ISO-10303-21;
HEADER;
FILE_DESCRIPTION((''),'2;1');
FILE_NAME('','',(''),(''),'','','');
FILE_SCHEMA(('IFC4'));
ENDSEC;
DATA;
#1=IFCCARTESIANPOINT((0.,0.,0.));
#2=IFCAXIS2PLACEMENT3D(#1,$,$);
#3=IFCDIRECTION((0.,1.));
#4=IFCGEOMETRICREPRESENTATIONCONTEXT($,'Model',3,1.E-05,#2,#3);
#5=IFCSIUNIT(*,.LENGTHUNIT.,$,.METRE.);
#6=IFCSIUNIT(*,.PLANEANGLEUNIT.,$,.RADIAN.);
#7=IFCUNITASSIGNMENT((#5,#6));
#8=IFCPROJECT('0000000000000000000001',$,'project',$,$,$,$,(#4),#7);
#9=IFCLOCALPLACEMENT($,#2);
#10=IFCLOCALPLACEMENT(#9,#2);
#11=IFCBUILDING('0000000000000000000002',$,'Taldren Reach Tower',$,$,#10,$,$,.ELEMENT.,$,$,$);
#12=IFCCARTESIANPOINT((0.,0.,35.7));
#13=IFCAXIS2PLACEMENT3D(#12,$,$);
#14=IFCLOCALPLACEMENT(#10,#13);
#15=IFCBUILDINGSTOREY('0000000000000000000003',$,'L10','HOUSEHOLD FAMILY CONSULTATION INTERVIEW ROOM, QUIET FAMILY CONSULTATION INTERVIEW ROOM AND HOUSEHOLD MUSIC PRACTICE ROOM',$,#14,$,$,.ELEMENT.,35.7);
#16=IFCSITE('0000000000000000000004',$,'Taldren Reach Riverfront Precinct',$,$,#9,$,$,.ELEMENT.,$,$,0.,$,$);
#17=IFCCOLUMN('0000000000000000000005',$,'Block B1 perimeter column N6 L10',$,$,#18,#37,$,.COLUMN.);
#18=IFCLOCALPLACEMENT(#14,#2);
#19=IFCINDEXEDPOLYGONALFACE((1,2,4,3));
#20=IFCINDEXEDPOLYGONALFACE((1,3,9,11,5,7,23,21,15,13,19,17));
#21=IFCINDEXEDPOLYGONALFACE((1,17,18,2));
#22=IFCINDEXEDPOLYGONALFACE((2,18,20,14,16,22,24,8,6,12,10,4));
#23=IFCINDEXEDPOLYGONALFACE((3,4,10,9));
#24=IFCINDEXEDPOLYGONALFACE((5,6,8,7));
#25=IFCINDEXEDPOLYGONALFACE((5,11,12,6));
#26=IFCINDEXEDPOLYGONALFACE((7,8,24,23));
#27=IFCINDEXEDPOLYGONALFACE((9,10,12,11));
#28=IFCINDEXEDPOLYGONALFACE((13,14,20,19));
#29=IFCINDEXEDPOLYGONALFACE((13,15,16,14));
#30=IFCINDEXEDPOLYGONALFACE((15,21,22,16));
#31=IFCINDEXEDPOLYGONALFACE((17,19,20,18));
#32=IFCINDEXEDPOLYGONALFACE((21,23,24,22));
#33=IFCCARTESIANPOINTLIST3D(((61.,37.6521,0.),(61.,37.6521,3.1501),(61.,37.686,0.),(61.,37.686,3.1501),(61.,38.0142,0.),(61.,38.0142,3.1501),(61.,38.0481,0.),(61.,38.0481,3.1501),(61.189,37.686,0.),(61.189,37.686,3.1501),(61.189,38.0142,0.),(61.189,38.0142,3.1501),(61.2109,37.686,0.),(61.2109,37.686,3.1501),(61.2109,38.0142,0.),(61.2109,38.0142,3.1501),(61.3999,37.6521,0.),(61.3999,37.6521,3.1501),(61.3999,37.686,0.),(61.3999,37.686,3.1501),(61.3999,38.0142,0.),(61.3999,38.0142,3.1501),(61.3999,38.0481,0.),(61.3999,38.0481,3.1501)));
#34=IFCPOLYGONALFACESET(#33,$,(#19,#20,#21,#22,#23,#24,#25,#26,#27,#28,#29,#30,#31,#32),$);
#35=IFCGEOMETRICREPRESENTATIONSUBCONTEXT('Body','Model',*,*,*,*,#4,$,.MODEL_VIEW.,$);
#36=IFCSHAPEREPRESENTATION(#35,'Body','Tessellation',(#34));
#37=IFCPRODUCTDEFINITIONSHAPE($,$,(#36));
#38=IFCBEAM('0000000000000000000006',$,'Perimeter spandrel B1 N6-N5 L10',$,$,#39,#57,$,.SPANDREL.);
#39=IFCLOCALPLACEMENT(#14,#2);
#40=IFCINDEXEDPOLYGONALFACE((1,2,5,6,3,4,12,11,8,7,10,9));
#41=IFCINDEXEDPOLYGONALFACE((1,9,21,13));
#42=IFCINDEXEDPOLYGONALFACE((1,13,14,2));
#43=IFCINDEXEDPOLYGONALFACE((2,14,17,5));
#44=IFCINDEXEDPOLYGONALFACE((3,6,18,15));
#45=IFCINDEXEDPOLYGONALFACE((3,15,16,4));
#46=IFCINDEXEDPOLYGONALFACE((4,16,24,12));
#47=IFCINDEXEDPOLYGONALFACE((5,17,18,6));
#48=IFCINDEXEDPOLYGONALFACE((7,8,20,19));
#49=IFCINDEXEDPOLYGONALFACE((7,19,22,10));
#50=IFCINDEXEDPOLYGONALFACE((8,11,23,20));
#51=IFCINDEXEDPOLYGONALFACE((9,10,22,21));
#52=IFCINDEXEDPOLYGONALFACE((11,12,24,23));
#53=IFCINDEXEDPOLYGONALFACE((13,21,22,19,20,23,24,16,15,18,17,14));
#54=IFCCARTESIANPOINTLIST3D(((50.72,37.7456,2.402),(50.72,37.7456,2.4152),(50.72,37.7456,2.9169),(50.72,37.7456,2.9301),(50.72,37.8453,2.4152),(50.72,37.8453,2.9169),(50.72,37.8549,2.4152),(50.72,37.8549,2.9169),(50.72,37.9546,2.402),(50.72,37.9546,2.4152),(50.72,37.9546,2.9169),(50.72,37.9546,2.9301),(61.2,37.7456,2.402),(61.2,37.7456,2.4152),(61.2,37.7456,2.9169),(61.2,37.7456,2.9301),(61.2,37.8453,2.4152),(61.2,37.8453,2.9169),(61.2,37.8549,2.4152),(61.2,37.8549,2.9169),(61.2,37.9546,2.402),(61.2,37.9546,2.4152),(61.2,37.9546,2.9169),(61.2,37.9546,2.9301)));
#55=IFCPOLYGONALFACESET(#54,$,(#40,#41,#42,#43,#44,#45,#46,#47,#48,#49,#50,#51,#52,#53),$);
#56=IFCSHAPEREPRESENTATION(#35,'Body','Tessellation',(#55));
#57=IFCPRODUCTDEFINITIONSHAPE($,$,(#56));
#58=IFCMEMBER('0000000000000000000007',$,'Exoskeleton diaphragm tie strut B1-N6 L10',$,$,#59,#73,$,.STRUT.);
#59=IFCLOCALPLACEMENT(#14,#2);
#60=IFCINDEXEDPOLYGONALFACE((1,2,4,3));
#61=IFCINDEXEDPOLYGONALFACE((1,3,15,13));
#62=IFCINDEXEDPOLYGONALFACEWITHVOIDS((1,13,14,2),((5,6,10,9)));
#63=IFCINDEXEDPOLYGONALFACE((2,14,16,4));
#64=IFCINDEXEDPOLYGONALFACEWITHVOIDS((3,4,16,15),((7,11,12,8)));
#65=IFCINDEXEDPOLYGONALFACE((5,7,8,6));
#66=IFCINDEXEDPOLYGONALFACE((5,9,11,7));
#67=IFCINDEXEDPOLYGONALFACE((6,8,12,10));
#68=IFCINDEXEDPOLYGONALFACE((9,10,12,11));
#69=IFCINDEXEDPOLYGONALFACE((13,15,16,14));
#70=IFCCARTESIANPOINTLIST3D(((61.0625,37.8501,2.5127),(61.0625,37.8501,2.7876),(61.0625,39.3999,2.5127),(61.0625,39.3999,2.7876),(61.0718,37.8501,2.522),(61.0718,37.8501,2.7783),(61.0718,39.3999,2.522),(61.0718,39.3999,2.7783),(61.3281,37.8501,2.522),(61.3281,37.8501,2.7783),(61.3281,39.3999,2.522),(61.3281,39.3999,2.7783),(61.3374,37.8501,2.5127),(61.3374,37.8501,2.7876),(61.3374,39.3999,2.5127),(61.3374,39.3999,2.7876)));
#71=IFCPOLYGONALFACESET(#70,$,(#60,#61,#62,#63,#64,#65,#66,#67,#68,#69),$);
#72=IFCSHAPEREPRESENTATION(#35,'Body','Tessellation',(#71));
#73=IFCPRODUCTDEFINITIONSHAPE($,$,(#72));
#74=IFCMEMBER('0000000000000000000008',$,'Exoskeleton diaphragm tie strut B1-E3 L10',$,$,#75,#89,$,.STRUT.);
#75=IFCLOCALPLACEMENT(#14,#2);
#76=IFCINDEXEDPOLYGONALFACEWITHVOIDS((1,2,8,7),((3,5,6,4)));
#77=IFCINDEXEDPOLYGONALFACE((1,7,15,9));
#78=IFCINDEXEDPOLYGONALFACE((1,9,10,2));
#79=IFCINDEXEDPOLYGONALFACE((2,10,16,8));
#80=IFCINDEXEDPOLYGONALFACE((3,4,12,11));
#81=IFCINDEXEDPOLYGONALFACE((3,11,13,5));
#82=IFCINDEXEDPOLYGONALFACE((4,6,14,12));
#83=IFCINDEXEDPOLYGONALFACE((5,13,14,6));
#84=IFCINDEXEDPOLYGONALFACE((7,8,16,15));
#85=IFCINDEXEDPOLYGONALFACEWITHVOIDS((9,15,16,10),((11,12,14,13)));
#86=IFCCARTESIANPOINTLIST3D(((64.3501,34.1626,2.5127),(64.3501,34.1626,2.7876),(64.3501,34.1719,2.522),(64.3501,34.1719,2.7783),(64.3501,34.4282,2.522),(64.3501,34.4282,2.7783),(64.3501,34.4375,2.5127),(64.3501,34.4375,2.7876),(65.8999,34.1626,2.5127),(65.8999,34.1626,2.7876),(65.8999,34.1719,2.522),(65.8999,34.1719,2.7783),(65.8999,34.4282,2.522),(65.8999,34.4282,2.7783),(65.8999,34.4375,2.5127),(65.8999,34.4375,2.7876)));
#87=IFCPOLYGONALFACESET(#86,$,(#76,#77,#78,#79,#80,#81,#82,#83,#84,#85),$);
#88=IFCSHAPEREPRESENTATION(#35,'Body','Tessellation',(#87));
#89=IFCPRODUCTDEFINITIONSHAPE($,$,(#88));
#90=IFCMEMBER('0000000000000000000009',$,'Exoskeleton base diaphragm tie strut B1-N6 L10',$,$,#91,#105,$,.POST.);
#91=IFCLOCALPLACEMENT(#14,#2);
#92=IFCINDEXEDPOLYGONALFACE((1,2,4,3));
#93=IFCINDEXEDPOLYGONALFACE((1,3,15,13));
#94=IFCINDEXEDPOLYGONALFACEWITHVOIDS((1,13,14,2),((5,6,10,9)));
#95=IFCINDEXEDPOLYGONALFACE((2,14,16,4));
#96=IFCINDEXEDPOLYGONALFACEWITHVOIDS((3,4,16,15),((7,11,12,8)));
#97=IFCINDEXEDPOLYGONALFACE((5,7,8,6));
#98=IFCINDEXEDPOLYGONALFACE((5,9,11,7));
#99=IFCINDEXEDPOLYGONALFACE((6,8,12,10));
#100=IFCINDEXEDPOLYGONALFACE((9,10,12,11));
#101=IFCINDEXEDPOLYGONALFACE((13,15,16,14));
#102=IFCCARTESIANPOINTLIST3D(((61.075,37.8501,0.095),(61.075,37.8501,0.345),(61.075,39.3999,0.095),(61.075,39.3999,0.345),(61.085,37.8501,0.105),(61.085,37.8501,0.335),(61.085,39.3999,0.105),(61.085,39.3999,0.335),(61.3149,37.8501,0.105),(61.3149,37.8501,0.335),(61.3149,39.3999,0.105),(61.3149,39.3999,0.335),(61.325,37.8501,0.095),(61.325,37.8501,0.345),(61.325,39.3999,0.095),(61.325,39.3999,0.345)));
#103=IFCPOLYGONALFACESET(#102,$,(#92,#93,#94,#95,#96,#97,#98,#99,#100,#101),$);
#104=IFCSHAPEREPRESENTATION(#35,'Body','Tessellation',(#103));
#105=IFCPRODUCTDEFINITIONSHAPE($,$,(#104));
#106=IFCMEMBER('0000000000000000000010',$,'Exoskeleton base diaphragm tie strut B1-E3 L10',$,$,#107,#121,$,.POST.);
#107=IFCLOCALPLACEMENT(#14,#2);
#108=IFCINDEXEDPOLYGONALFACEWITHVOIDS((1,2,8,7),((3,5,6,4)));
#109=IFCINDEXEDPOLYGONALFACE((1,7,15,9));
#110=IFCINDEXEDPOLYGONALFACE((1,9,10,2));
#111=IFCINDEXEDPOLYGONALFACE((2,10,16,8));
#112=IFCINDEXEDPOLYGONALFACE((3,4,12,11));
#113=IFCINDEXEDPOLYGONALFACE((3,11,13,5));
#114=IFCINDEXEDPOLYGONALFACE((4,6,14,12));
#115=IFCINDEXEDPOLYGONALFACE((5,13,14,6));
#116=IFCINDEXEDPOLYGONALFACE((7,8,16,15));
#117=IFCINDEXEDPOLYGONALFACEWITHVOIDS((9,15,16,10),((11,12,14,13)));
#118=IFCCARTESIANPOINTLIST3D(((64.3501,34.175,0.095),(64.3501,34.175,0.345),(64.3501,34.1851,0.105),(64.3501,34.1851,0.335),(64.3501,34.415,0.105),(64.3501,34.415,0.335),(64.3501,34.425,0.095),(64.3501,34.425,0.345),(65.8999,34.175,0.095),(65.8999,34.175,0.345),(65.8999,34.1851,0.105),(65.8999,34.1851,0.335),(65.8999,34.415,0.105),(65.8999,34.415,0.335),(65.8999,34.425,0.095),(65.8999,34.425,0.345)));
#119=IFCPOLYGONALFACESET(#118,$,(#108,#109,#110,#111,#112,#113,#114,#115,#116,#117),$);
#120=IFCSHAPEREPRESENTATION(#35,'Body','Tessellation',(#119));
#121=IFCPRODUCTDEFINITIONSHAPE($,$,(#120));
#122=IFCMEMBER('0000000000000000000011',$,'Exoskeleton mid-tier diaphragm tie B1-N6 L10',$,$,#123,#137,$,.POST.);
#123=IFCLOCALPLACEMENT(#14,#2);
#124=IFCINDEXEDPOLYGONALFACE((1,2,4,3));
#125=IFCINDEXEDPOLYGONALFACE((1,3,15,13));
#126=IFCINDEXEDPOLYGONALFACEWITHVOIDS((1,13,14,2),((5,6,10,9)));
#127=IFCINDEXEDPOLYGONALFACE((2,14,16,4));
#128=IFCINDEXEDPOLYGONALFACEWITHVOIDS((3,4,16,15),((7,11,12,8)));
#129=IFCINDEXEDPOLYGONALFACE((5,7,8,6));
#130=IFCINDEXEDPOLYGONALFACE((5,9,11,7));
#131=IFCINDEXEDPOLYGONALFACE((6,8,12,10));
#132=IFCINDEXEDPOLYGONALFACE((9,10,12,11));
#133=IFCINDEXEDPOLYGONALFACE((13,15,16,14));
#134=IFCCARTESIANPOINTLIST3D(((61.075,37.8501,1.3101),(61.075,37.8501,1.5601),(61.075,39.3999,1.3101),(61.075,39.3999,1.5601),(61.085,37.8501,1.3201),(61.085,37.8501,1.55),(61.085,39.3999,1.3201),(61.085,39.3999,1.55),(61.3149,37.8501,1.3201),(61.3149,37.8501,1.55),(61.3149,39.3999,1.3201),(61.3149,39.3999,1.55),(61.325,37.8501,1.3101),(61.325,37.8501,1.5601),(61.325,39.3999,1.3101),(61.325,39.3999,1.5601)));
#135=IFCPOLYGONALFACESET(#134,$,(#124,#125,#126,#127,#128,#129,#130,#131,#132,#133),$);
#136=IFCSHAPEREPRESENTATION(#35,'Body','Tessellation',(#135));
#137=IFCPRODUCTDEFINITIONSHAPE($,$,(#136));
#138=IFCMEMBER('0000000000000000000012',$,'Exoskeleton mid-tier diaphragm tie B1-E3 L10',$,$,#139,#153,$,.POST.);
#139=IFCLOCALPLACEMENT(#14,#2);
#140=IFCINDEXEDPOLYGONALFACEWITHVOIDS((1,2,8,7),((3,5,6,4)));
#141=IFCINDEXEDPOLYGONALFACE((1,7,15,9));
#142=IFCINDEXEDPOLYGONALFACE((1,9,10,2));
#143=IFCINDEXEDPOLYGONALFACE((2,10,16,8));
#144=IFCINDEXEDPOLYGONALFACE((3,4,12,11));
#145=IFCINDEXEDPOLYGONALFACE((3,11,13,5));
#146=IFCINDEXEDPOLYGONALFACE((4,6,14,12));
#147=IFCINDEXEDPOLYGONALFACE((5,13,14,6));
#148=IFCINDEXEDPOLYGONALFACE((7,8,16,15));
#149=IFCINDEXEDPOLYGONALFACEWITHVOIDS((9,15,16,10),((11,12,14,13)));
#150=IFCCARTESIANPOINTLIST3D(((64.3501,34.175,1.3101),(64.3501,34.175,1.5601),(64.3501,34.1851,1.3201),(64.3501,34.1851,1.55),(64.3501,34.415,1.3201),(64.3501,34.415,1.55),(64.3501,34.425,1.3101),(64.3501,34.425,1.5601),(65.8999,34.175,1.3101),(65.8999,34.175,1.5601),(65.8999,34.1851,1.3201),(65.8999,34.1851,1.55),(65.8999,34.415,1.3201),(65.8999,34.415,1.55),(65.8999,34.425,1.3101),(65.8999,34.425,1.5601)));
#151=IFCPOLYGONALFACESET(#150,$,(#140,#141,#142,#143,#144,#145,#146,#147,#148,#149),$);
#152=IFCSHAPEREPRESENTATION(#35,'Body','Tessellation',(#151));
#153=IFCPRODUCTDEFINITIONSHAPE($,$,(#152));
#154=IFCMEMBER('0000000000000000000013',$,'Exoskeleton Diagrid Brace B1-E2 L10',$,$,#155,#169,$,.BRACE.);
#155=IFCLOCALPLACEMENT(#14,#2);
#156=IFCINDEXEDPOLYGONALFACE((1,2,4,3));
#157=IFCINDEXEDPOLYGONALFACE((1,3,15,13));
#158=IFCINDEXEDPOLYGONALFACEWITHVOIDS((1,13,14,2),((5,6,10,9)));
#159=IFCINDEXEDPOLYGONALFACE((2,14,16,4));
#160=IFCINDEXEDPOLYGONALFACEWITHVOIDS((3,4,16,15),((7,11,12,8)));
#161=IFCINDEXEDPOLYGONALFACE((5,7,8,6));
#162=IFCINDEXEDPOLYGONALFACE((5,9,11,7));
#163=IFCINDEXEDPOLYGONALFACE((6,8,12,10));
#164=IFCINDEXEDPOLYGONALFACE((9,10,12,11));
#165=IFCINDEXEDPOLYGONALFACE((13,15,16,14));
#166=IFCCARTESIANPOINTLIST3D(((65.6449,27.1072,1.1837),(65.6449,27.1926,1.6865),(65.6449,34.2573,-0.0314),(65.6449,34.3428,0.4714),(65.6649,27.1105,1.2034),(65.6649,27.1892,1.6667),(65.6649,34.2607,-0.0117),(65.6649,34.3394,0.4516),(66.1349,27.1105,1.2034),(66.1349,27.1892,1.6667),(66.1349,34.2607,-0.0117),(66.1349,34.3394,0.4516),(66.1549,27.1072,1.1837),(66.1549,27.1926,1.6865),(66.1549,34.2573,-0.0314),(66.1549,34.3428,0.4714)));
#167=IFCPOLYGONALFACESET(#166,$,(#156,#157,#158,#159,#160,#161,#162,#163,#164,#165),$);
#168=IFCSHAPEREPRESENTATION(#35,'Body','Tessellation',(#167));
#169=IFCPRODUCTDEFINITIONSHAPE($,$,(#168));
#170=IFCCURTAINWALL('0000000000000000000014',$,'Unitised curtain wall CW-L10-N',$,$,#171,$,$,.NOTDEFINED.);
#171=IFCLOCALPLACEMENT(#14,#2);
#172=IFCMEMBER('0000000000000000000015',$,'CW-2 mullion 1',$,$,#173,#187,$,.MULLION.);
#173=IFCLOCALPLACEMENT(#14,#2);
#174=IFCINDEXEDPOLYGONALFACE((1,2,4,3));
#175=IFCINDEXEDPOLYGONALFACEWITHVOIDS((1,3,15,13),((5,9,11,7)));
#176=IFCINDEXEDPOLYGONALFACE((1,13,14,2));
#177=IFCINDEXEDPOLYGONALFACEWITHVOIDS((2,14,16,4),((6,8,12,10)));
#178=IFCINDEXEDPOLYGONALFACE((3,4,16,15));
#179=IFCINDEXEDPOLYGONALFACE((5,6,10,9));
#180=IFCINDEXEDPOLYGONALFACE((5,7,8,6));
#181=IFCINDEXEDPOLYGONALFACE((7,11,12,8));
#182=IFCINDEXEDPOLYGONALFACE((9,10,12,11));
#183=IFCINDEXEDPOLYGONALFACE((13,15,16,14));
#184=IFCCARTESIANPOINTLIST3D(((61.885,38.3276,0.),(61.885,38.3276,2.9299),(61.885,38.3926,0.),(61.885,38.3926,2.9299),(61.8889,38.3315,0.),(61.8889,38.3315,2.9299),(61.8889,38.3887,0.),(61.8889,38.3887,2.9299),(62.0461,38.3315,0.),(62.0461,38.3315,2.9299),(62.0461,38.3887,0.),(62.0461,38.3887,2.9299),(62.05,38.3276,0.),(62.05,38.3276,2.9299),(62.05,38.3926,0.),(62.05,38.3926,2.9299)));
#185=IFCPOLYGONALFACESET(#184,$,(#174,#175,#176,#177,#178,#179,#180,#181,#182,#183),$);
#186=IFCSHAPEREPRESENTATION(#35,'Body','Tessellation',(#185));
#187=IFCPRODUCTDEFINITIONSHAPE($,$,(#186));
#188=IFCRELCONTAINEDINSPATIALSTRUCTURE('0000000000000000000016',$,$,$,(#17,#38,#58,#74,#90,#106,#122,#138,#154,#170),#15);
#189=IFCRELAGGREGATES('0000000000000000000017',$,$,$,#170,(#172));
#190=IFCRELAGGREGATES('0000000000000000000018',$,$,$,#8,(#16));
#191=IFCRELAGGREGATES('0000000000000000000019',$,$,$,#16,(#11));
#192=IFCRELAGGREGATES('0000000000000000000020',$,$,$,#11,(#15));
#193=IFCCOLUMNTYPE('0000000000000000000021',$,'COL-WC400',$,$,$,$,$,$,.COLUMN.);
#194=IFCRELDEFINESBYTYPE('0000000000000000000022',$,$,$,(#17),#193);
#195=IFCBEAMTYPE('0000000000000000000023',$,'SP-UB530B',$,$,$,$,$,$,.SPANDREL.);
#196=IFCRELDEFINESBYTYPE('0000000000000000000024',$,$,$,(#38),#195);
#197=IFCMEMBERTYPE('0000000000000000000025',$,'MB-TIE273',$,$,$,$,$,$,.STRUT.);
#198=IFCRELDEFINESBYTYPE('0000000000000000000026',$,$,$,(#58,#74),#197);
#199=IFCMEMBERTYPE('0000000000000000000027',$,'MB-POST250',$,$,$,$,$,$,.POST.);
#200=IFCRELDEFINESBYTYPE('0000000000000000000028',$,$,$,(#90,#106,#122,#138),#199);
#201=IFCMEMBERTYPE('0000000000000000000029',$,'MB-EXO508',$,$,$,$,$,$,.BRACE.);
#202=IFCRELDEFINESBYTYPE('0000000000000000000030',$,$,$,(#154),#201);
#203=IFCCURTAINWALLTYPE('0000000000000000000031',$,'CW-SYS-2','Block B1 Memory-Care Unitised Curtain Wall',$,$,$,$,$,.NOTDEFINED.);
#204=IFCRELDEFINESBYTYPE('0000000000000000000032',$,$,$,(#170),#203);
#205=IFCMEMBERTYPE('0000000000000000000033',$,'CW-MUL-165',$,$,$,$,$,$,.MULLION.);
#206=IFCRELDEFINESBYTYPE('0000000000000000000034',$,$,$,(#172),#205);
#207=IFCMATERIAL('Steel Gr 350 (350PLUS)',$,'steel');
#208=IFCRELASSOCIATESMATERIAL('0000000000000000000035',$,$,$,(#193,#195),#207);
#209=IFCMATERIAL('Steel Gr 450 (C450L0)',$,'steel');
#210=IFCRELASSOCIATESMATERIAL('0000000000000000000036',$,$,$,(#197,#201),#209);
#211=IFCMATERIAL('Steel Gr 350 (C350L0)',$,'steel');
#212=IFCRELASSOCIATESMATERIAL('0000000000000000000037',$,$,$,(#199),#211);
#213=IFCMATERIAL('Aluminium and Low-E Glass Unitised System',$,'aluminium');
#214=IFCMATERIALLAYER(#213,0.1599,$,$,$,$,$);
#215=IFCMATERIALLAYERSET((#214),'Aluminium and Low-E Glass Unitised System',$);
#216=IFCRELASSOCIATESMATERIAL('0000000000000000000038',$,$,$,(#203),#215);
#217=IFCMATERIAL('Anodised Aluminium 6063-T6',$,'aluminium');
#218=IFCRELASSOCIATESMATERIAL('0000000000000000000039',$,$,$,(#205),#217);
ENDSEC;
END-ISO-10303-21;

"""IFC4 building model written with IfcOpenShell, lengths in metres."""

from ifc_helpers import new_model, si_unit, direction, frame, origin, origin_2d, place, context, subcontext, project, spatial, hollow_rectangle, i_section, extrude, source, transform, mapped, material, layer, layer_set, material_profile, profile_set, type_object, element, aggregate, save


model = new_model("IFC4")

# Units and contexts
model_context = context("Model", 3, precision=1e-05, world=origin(), true_north=direction((0.0, 1.0)))
body_context = subcontext(model_context, "Body", "Model", "MODEL_VIEW")
ifc_project = project(units=[si_unit("LENGTHUNIT", "METRE"), si_unit("PLANEANGLEUNIT", "RADIAN")], contexts=[model_context])

# Site, building, storey
site_placement = place(None, origin())
site = spatial("IfcSite", under=ifc_project, at=site_placement, Name="Taldren Reach Riverfront Precinct", CompositionType="ELEMENT", RefElevation=0.0)
building_placement = place(site_placement, origin())
building = spatial("IfcBuilding", under=site, at=building_placement, Name="Taldren Reach Tower", CompositionType="ELEMENT")
storey_placement = place(building_placement, frame((0.0, 0.0, 35.7)))
storey = spatial("IfcBuildingStorey", under=building, at=storey_placement, Name="L10", Description="HOUSEHOLD FAMILY CONSULTATION INTERVIEW ROOM, QUIET FAMILY CONSULTATION INTERVIEW ROOM AND HOUSEHOLD MUSIC PRACTICE ROOM", CompositionType="ELEMENT", Elevation=35.7)

# Column
ifc_material_1 = material(Name="Steel Gr 350 (350PLUS)", Category="steel")
ifc_material_profile_1 = material_profile(ifc_material_1, i_section(OverallWidth=0.3999, OverallDepth=0.396, WebThickness=0.022, FlangeThickness=0.0339, at=origin_2d()), Name="400WC270")
ifc_profile_set_1 = profile_set([ifc_material_profile_1], Name="Steel Gr 350 (350PLUS)")
column_type = type_object("IfcColumnType", Name="COL-WC400", PredefinedType="COLUMN", material=ifc_profile_set_1)
shared_shape_1 = source(origin(), body_context, "Body", "SweptSolid", [
    extrude(i_section(OverallWidth=0.3999, OverallDepth=0.396, WebThickness=0.022, FlangeThickness=0.0339, at=origin_2d()), origin(), (0.0, 0.0, 1.0), 3.1501),
])
column_placement = place(storey_placement, frame((61.2, 37.8501, 0.0), z_axis=(0.0, 0.0, 1.0), x_axis=(1.0, 0.0, 0.0)))
element("IfcColumn", 1, at=column_placement, inside=storey, type_object=column_type, Name="Block B1 perimeter column N6 L10", PredefinedType="COLUMN", context=body_context, shape_type="MappedRepresentation", body=[
    mapped(shared_shape_1, transform((0.0, 0.0, 0.0), scale=1.0)),
])

# Beam
ifc_material_profile_2 = material_profile(ifc_material_1, i_section(OverallWidth=0.209, OverallDepth=0.5281, WebThickness=0.0095, FlangeThickness=0.0132, at=origin_2d()), Name="530UB82.0")
ifc_profile_set_2 = profile_set([ifc_material_profile_2], Name="Steel Gr 350 (350PLUS)")
beam_type = type_object("IfcBeamType", Name="SP-UB530B", PredefinedType="SPANDREL", material=ifc_profile_set_2)
shared_shape_2 = source(origin(), body_context, "Body", "SweptSolid", [
    extrude(i_section(OverallWidth=0.209, OverallDepth=0.5281, WebThickness=0.0095, FlangeThickness=0.0132, at=origin_2d()), origin(), (0.0, 0.0, 1.0), 10.48),
])
beam_placement = place(storey_placement, frame((61.2, 37.8501, 2.666), z_axis=(-1.0, 0.0, 0.0), x_axis=(0.0, -1.0, 0.0)))
element("IfcBeam", 2, at=beam_placement, inside=storey, type_object=beam_type, Name="Perimeter spandrel B1 N6-N5 L10", PredefinedType="SPANDREL", context=body_context, shape_type="MappedRepresentation", body=[
    mapped(shared_shape_2, transform((0.0, 0.0, 0.0), scale=1.0)),
])

# Members
ifc_material_2 = material(Name="Steel Gr 450 (C450L0)", Category="steel")
ifc_material_profile_3 = material_profile(ifc_material_2, hollow_rectangle(XDim=0.2749, YDim=0.2749, WallThickness=0.0093, at=origin_2d()), Name="275x275x9.3SHS")
ifc_profile_set_3 = profile_set([ifc_material_profile_3], Name="Steel Gr 450 (C450L0)")
member_type_1 = type_object("IfcMemberType", Name="MB-TIE273", PredefinedType="STRUT", material=ifc_profile_set_3)
shared_shape_3 = source(origin(), body_context, "Body", "SweptSolid", [
    extrude(hollow_rectangle(XDim=0.2749, YDim=0.2749, WallThickness=0.0093, at=origin_2d()), origin(), (0.0, 0.0, 1.0), 1.5498),
])
for number, where, z_axis, x_axis, name in (
    (3, (61.2, 37.8501, 2.6501), (0.0, 1.0, 0.0), (-1.0, 0.0, 0.0), "Exoskeleton diaphragm tie strut B1-N6 L10"),
    (4, (64.3501, 34.3, 2.6501), (1.0, 0.0, 0.0), (0.0, 1.0, 0.0), "Exoskeleton diaphragm tie strut B1-E3 L10"),
):
    element("IfcMember", number, at=place(storey_placement, frame(where, z_axis=z_axis, x_axis=x_axis)), inside=storey, type_object=member_type_1, Name=name, PredefinedType="STRUT", context=body_context, shape_type="MappedRepresentation", body=[
        mapped(shared_shape_3, transform((0.0, 0.0, 0.0), scale=1.0)),
    ])
ifc_material_3 = material(Name="Steel Gr 350 (C350L0)", Category="steel")
ifc_material_profile_4 = material_profile(ifc_material_3, hollow_rectangle(XDim=0.25, YDim=0.25, WallThickness=0.01, at=origin_2d()), Name="250x250x10.0SHS")
ifc_profile_set_4 = profile_set([ifc_material_profile_4], Name="Steel Gr 350 (C350L0)")
member_type_2 = type_object("IfcMemberType", Name="MB-POST250", PredefinedType="POST", material=ifc_profile_set_4)
shared_shape_4 = source(origin(), body_context, "Body", "SweptSolid", [
    extrude(hollow_rectangle(XDim=0.25, YDim=0.25, WallThickness=0.01, at=origin_2d()), origin(), (0.0, 0.0, 1.0), 1.5498),
])
for number, where, z_axis, x_axis, name in (
    (5, (61.2, 37.8501, 0.22), (0.0, 1.0, 0.0), (-1.0, 0.0, 0.0), "Exoskeleton base diaphragm tie strut B1-N6 L10"),
    (6, (64.3501, 34.3, 0.22), (1.0, 0.0, 0.0), (0.0, 1.0, 0.0), "Exoskeleton base diaphragm tie strut B1-E3 L10"),
    (7, (61.2, 37.8501, 1.4351), (0.0, 1.0, 0.0), (-1.0, 0.0, 0.0), "Exoskeleton mid-tier diaphragm tie B1-N6 L10"),
    (8, (64.3501, 34.3, 1.4351), (1.0, 0.0, 0.0), (0.0, 1.0, 0.0), "Exoskeleton mid-tier diaphragm tie B1-E3 L10"),
):
    element("IfcMember", number, at=place(storey_placement, frame(where, z_axis=z_axis, x_axis=x_axis)), inside=storey, type_object=member_type_2, Name=name, PredefinedType="POST", context=body_context, shape_type="MappedRepresentation", body=[
        mapped(shared_shape_4, transform((0.0, 0.0, 0.0), scale=1.0)),
    ])
ifc_material_profile_5 = material_profile(ifc_material_2, hollow_rectangle(XDim=0.51, YDim=0.51, WallThickness=0.02, at=origin_2d()), Name="510x510x20.0SHS")
ifc_profile_set_5 = profile_set([ifc_material_profile_5], Name="Steel Gr 450 (C450L0)")
member_type_3 = type_object("IfcMemberType", Name="MB-EXO508", PredefinedType="BRACE", material=ifc_profile_set_5)
shared_shape_5 = source(origin(), body_context, "Body", "SweptSolid", [
    extrude(hollow_rectangle(XDim=0.51, YDim=0.51, WallThickness=0.02, at=origin_2d()), origin(), (0.0, 0.0, 1.0), 7.2527),
])
member_1_placement = place(storey_placement, frame((65.8999, 34.3, 0.22), z_axis=(0.0, -0.985866, 0.167537), x_axis=(1.0, 0.0, 0.0)))
element("IfcMember", 9, at=member_1_placement, inside=storey, type_object=member_type_3, Name="Exoskeleton Diagrid Brace B1-E2 L10", PredefinedType="BRACE", context=body_context, shape_type="MappedRepresentation", body=[
    mapped(shared_shape_5, transform((0.0, 0.0, 0.0), scale=1.0)),
])

# Curtain wall, member
ifc_material_4 = material(Name="Aluminium and Low-E Glass Unitised System", Category="aluminium")
ifc_layer_1 = layer(ifc_material_4, 0.1599)
ifc_layer_set_1 = layer_set([ifc_layer_1], Name="Aluminium and Low-E Glass Unitised System")
curtain_wall_type = type_object("IfcCurtainWallType", Name="CW-SYS-2", Description="Block B1 Memory-Care Unitised Curtain Wall", PredefinedType="NOTDEFINED", material=ifc_layer_set_1)
curtain_wall_1_placement = place(storey_placement, origin())
curtain_wall_1 = element("IfcCurtainWall", 10, at=curtain_wall_1_placement, inside=storey, type_object=curtain_wall_type, Name="Unitised curtain wall CW-L10-N", PredefinedType="NOTDEFINED")
ifc_material_5 = material(Name="Anodised Aluminium 6063-T6", Category="aluminium")
ifc_material_profile_6 = material_profile(ifc_material_5, hollow_rectangle(XDim=0.0649, YDim=0.165, WallThickness=0.0039, at=origin_2d()), Name="ALU-165x65x4RHS")
ifc_profile_set_6 = profile_set([ifc_material_profile_6], Name="Anodised Aluminium 6063-T6")
member_type_4 = type_object("IfcMemberType", Name="CW-MUL-165", PredefinedType="MULLION", material=ifc_profile_set_6)
shared_shape_6 = source(origin(), body_context, "Body", "SweptSolid", [
    extrude(hollow_rectangle(XDim=0.0649, YDim=0.165, WallThickness=0.0039, at=origin_2d()), origin(), (0.0, 0.0, 1.0), 2.9299),
])
member_2_placement = place(storey_placement, frame((61.9675, 38.3601, 0.0), z_axis=(0.0, 0.0, 1.0), x_axis=(0.0, -1.0, 0.0)))
member_2 = element("IfcMember", 11, at=member_2_placement, type_object=member_type_4, Name="CW-2 mullion 1", PredefinedType="MULLION", context=body_context, shape_type="MappedRepresentation", body=[
    mapped(shared_shape_6, transform((0.0, 0.0, 0.0), scale=1.0)),
])

aggregate(curtain_wall_1, [member_2])

save(model, "model.ifc")
